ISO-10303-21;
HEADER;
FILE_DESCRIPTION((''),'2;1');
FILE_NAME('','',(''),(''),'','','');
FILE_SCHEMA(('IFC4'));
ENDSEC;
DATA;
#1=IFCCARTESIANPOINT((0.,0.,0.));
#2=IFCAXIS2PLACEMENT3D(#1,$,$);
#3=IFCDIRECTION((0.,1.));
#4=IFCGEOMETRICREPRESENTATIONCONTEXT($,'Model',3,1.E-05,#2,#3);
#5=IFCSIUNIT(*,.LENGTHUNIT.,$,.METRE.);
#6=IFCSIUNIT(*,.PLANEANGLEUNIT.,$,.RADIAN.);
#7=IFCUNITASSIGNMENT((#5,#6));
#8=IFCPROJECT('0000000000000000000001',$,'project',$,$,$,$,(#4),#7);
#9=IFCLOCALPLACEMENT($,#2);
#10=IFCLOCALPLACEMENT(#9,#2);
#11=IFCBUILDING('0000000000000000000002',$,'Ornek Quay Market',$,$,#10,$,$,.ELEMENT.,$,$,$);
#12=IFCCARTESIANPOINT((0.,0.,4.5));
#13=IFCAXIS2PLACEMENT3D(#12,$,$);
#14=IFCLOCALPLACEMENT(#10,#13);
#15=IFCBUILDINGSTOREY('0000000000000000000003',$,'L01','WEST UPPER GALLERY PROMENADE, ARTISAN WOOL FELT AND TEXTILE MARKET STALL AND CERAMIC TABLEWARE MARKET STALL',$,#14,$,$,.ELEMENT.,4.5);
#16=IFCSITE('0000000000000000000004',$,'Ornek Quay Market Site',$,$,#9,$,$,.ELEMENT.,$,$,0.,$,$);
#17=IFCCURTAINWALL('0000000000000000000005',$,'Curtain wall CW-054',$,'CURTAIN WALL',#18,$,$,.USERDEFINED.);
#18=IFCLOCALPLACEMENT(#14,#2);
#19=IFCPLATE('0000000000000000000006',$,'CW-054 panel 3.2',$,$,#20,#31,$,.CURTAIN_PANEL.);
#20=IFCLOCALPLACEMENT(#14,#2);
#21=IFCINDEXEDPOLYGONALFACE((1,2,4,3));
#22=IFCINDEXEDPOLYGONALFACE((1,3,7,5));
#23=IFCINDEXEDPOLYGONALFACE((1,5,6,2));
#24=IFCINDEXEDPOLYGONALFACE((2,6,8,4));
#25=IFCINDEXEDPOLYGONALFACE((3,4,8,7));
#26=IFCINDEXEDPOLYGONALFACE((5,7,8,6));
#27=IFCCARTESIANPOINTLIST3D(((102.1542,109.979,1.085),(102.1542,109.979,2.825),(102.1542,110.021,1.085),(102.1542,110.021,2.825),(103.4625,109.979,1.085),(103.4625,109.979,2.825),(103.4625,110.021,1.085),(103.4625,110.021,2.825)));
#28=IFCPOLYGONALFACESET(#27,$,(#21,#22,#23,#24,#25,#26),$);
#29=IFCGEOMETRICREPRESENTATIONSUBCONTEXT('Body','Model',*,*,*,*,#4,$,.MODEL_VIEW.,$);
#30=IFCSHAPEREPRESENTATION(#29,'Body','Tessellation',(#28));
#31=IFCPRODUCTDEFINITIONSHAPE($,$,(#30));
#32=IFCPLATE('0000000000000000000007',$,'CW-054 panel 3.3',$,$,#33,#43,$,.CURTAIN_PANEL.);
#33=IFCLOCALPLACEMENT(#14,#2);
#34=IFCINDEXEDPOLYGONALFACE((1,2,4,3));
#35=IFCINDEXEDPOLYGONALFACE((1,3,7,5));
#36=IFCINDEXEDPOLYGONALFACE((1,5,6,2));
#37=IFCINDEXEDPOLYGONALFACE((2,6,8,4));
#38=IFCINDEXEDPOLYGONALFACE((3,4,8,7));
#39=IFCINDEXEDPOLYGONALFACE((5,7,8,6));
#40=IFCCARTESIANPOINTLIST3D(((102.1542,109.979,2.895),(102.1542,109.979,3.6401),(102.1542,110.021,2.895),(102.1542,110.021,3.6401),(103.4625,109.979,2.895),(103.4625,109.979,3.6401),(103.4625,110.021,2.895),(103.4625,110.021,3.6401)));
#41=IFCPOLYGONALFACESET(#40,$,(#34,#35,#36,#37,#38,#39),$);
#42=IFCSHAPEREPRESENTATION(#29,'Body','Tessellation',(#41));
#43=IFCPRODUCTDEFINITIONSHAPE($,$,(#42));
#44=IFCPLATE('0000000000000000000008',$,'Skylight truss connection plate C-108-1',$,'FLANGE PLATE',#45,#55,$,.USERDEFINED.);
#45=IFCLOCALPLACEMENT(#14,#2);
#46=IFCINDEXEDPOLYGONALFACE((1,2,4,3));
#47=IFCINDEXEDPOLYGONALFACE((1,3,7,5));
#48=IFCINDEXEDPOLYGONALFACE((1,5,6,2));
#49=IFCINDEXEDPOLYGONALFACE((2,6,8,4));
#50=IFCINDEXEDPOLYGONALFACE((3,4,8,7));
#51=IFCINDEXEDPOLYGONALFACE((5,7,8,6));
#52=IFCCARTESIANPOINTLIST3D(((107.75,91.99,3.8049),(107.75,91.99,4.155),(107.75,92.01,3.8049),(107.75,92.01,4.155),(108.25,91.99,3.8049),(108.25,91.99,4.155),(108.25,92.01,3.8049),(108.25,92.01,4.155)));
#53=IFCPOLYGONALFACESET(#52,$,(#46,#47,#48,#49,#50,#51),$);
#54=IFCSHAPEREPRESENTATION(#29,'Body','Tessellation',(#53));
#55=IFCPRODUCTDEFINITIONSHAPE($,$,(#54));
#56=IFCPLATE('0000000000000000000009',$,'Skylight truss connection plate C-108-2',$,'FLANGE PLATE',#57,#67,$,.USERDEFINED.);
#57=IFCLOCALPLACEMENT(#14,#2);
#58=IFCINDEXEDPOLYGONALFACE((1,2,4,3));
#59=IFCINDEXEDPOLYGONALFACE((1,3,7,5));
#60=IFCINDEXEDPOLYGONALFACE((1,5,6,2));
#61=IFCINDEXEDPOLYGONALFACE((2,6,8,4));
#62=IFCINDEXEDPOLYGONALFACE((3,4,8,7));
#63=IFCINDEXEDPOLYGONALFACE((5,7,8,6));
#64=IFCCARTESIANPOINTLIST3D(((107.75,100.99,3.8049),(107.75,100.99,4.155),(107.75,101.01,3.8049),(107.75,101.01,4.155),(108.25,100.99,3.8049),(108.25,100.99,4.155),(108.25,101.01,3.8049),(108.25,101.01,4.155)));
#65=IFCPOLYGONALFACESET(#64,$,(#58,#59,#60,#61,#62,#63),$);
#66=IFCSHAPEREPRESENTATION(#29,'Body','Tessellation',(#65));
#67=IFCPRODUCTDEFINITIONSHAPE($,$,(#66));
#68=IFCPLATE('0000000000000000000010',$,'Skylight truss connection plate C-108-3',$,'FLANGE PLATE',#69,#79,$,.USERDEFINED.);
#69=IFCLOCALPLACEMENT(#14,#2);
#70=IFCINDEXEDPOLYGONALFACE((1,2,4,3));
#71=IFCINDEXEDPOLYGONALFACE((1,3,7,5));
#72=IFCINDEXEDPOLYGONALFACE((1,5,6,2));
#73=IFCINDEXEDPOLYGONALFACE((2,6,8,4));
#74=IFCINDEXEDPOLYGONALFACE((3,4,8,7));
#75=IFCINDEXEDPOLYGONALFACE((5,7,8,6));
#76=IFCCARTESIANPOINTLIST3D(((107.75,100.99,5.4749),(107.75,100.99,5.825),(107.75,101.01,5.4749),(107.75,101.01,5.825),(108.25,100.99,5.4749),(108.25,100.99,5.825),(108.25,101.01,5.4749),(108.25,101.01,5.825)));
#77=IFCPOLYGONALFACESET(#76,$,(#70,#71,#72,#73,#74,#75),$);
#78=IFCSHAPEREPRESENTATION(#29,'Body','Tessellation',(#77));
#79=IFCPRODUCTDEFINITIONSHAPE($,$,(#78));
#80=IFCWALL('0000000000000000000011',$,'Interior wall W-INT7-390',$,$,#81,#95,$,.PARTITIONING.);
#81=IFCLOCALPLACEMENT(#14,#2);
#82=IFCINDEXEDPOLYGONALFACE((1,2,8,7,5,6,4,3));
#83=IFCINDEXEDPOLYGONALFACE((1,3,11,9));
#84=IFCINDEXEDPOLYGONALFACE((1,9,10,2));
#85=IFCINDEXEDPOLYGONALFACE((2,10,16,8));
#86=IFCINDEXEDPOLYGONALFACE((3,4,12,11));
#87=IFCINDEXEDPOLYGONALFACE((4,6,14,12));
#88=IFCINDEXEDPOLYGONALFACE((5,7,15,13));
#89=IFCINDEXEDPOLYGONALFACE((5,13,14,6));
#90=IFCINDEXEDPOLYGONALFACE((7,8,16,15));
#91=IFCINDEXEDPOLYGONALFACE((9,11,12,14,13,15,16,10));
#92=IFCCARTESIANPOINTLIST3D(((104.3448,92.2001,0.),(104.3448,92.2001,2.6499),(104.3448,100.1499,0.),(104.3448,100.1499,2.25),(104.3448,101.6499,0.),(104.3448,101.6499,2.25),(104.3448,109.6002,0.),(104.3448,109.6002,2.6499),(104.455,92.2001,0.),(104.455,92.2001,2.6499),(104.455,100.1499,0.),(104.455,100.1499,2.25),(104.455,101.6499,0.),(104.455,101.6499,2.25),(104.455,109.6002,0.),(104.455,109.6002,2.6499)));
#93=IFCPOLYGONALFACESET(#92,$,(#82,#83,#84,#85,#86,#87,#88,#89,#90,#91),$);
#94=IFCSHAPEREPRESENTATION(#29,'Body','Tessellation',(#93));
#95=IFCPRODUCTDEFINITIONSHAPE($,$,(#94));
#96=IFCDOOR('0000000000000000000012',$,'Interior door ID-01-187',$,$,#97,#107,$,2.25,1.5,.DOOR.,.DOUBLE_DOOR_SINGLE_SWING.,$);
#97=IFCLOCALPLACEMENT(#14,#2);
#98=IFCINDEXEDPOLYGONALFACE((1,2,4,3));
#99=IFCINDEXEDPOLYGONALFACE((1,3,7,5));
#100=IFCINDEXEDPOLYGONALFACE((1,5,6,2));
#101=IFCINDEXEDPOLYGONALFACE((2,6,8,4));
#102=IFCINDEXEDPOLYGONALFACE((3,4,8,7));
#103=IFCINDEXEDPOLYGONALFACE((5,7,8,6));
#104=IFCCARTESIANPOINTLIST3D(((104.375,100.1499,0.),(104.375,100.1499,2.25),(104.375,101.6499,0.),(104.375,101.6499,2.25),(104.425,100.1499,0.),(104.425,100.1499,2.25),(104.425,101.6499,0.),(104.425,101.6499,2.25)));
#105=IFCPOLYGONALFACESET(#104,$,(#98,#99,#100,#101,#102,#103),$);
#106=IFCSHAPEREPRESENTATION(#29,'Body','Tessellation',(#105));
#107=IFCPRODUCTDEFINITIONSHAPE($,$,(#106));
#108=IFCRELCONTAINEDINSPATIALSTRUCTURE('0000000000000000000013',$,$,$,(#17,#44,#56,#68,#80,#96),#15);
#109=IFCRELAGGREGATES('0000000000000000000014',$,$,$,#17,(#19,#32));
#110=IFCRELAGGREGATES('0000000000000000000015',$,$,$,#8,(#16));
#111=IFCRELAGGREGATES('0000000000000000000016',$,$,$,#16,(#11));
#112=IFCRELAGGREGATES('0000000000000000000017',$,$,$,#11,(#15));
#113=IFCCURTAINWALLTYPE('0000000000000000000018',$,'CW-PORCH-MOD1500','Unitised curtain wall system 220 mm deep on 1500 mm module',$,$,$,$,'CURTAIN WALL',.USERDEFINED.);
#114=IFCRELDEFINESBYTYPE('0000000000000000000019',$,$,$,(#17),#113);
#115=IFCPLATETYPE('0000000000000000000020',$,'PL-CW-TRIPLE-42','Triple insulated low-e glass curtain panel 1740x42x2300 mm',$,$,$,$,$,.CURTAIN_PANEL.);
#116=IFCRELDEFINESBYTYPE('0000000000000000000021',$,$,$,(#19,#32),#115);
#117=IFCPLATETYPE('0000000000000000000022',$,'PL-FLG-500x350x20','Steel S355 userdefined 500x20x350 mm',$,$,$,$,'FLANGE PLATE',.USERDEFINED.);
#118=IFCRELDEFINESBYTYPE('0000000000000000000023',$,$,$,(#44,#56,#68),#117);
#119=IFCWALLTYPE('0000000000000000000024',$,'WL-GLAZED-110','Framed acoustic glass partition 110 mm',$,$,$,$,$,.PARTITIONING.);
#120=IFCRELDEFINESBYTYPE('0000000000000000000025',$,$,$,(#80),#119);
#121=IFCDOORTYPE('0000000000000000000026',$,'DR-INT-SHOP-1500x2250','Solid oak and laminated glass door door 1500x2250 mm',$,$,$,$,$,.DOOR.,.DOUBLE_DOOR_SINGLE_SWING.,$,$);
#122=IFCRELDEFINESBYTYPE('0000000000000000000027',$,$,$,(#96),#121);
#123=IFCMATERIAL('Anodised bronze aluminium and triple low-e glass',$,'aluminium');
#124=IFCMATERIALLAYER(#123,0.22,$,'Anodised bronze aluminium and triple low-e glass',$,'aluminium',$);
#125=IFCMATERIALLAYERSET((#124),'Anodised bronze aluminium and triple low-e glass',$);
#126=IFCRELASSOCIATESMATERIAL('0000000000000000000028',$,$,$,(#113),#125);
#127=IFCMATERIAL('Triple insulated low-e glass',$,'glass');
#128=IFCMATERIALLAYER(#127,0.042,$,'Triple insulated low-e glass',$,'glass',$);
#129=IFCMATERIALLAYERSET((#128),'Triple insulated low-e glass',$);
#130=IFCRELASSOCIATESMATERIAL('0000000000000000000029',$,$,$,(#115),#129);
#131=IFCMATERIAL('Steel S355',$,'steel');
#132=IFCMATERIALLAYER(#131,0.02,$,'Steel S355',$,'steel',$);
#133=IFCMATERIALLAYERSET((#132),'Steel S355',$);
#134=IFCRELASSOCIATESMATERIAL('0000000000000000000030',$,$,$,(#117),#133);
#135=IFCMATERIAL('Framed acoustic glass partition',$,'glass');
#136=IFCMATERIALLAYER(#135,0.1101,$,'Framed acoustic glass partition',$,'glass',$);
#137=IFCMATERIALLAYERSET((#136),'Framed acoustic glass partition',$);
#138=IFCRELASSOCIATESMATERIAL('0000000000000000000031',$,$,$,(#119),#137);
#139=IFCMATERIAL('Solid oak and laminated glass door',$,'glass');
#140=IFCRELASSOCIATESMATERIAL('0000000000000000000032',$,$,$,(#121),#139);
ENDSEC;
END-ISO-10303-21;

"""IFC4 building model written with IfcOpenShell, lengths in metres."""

from ifc_helpers import new_model, si_unit, direction, frame, frame_2d, origin, origin_2d, place, context, subcontext, project, spatial, rectangle, extrude, material, layer, layer_set, type_object, element, fill, aggregate, save


model = new_model("IFC4")

# Units and contexts
model_context = context("Model", 3, precision=1e-05, world=origin(), true_north=direction((0.0, 1.0)))
body_context = subcontext(model_context, "Body", "Model", "MODEL_VIEW")
ifc_project = project(units=[si_unit("LENGTHUNIT", "METRE"), si_unit("PLANEANGLEUNIT", "RADIAN")], contexts=[model_context])

# Site, building, storey
site_placement = place(None, origin())
site = spatial("IfcSite", under=ifc_project, at=site_placement, Name="Ornek Quay Market Site", CompositionType="ELEMENT", RefElevation=0.0)
building_placement = place(site_placement, origin())
building = spatial("IfcBuilding", under=site, at=building_placement, Name="Ornek Quay Market", CompositionType="ELEMENT")
storey_placement = place(building_placement, frame((0.0, 0.0, 4.5)))
storey = spatial("IfcBuildingStorey", under=building, at=storey_placement, Name="L01", Description="WEST UPPER GALLERY PROMENADE, ARTISAN WOOL FELT AND TEXTILE MARKET STALL AND CERAMIC TABLEWARE MARKET STALL", CompositionType="ELEMENT", Elevation=4.5)

# Curtain wall
ifc_material_1 = material(Name="Anodised bronze aluminium and triple low-e glass", Category="aluminium")
ifc_layer_1 = layer(ifc_material_1, 0.22, Name="Anodised bronze aluminium and triple low-e glass", Category="aluminium")
ifc_layer_set_1 = layer_set([ifc_layer_1], Name="Anodised bronze aluminium and triple low-e glass")
curtain_wall_type_1 = type_object("IfcCurtainWallType", Name="CW-PORCH-MOD1500", Description="Unitised curtain wall system 220 mm deep on 1500 mm module", ElementType="CURTAIN WALL", PredefinedType="USERDEFINED", material=ifc_layer_set_1)
curtain_wall_1_placement = place(storey_placement, origin())
curtain_wall_1 = element("IfcCurtainWall", 1, at=curtain_wall_1_placement, inside=storey, type_object=curtain_wall_type_1, Name="Curtain wall CW-054", ObjectType="CURTAIN WALL", PredefinedType="USERDEFINED")

# Shared definitions
ifc_material_2 = material(Name="Steel S355", Category="steel")

# Plates
ifc_material_3 = material(Name="Triple insulated low-e glass", Category="glass")
ifc_layer_2 = layer(ifc_material_3, 0.042, Name="Triple insulated low-e glass", Category="glass")
ifc_layer_set_2 = layer_set([ifc_layer_2], Name="Triple insulated low-e glass")
plate_type_1 = type_object("IfcPlateType", Name="PL-CW-TRIPLE-42", Description="Triple insulated low-e glass curtain panel 1740x42x2300 mm", PredefinedType="CURTAIN_PANEL", material=ifc_layer_set_2)
plate_1_placement = place(storey_placement, frame((102.8083, 110.0, 1.085), z_axis=(0.0, 0.0, 1.0), x_axis=(1.0, 0.0, 0.0)))
plate_1 = element("IfcPlate", 2, at=plate_1_placement, type_object=plate_type_1, Name="CW-054 panel 3.2", PredefinedType="CURTAIN_PANEL", context=body_context, shape_type="SweptSolid", body=[
    extrude(rectangle(XDim=1.3083, YDim=0.042, at=origin_2d()), origin(), (0.0, 0.0, 1.0), 1.74),
])
plate_2_placement = place(storey_placement, frame((102.8083, 110.0, 2.895), z_axis=(0.0, 0.0, 1.0), x_axis=(1.0, 0.0, 0.0)))
plate_2 = element("IfcPlate", 3, at=plate_2_placement, type_object=plate_type_1, Name="CW-054 panel 3.3", PredefinedType="CURTAIN_PANEL", context=body_context, shape_type="SweptSolid", body=[
    extrude(rectangle(XDim=1.3083, YDim=0.042, at=origin_2d()), origin(), (0.0, 0.0, 1.0), 0.7451),
])
aggregate(curtain_wall_1, [plate_1, plate_2])

# Plates
ifc_layer_3 = layer(ifc_material_2, 0.02, Name="Steel S355", Category="steel")
ifc_layer_set_3 = layer_set([ifc_layer_3], Name="Steel S355")
plate_type_2 = type_object("IfcPlateType", Name="PL-FLG-500x350x20", Description="Steel S355 userdefined 500x20x350 mm", ElementType="FLANGE PLATE", PredefinedType="USERDEFINED", material=ifc_layer_set_3)
for number, where, z_axis, x_axis, name in (
    (4, (108.0, 92.0, 3.8049), (0.0, 0.0, 1.0), (1.0, 0.0, 0.0), "Skylight truss connection plate C-108-1"),
    (5, (108.0, 101.0, 3.8049), (0.0, 0.0, 1.0), (1.0, 0.0, 0.0), "Skylight truss connection plate C-108-2"),
    (6, (108.0, 101.0, 5.4749), (0.0, 0.0, 1.0), (1.0, 0.0, 0.0), "Skylight truss connection plate C-108-3"),
):
    element("IfcPlate", number, at=place(storey_placement, frame(where, z_axis=z_axis, x_axis=x_axis)), inside=storey, type_object=plate_type_2, Name=name, ObjectType="FLANGE PLATE", PredefinedType="USERDEFINED", context=body_context, shape_type="SweptSolid", body=[
        extrude(rectangle(XDim=0.5, YDim=0.02, at=origin_2d()), origin(), (0.0, 0.0, 1.0), 0.3501),
    ])

# Wall, opening, door
ifc_material_4 = material(Name="Framed acoustic glass partition", Category="glass")
ifc_layer_4 = layer(ifc_material_4, 0.1101, Name="Framed acoustic glass partition", Category="glass")
ifc_layer_set_4 = layer_set([ifc_layer_4], Name="Framed acoustic glass partition")
wall_type = type_object("IfcWallType", Name="WL-GLAZED-110", Description="Framed acoustic glass partition 110 mm", PredefinedType="PARTITIONING", material=ifc_layer_set_4)
wall_placement = place(storey_placement, frame((104.3999, 92.2, 0.0), z_axis=(0.0, 0.0, 1.0), x_axis=(0.0, 1.0, 0.0)))
wall = element("IfcWall", 7, at=wall_placement, inside=storey, type_object=wall_type, Name="Interior wall W-INT7-390", PredefinedType="PARTITIONING", context=body_context, shape_type="SweptSolid", body=[
    extrude(rectangle(XDim=17.4001, YDim=0.1101, at=frame_2d((8.7002, 0.0))), origin(), (0.0, 0.0, 1.0), 2.6499),
])
opening_placement = place(wall_placement, frame((7.95, 0.0, 0.0)))
opening = element("IfcOpeningElement", 8, at=opening_placement, cuts=wall, PredefinedType="OPENING", context=body_context, shape_type="SweptSolid", body=[
    extrude(rectangle(XDim=1.5, YDim=2.25, at=frame_2d((0.75, 1.125))), frame((0.0, 0.0649, 0.0), z_axis=(0.0, -1.0, 0.0), x_axis=(1.0, 0.0, 0.0)), (0.0, 0.0, 1.0), 0.1301),
])
ifc_material_5 = material(Name="Solid oak and laminated glass door", Category="glass")
door_type = type_object("IfcDoorType", Name="DR-INT-SHOP-1500x2250", Description="Solid oak and laminated glass door door 1500x2250 mm", OperationType="DOUBLE_DOOR_SINGLE_SWING", PredefinedType="DOOR", material=ifc_material_5)
door_placement = place(opening_placement, origin())
door = element("IfcDoor", 9, at=door_placement, inside=storey, type_object=door_type, Name="Interior door ID-01-187", OperationType="DOUBLE_DOOR_SINGLE_SWING", OverallHeight=2.25, OverallWidth=1.5, PredefinedType="DOOR", context=body_context, shape_type="SweptSolid", body=[
    extrude(rectangle(XDim=1.5, YDim=2.25, at=frame_2d((0.75, 1.125))), frame((0.0, 0.0249, 0.0), z_axis=(0.0, -1.0, 0.0), x_axis=(1.0, 0.0, 0.0)), (0.0, 0.0, 1.0), 0.05),
])
fill(opening, door)

save(model, "model.ifc")
